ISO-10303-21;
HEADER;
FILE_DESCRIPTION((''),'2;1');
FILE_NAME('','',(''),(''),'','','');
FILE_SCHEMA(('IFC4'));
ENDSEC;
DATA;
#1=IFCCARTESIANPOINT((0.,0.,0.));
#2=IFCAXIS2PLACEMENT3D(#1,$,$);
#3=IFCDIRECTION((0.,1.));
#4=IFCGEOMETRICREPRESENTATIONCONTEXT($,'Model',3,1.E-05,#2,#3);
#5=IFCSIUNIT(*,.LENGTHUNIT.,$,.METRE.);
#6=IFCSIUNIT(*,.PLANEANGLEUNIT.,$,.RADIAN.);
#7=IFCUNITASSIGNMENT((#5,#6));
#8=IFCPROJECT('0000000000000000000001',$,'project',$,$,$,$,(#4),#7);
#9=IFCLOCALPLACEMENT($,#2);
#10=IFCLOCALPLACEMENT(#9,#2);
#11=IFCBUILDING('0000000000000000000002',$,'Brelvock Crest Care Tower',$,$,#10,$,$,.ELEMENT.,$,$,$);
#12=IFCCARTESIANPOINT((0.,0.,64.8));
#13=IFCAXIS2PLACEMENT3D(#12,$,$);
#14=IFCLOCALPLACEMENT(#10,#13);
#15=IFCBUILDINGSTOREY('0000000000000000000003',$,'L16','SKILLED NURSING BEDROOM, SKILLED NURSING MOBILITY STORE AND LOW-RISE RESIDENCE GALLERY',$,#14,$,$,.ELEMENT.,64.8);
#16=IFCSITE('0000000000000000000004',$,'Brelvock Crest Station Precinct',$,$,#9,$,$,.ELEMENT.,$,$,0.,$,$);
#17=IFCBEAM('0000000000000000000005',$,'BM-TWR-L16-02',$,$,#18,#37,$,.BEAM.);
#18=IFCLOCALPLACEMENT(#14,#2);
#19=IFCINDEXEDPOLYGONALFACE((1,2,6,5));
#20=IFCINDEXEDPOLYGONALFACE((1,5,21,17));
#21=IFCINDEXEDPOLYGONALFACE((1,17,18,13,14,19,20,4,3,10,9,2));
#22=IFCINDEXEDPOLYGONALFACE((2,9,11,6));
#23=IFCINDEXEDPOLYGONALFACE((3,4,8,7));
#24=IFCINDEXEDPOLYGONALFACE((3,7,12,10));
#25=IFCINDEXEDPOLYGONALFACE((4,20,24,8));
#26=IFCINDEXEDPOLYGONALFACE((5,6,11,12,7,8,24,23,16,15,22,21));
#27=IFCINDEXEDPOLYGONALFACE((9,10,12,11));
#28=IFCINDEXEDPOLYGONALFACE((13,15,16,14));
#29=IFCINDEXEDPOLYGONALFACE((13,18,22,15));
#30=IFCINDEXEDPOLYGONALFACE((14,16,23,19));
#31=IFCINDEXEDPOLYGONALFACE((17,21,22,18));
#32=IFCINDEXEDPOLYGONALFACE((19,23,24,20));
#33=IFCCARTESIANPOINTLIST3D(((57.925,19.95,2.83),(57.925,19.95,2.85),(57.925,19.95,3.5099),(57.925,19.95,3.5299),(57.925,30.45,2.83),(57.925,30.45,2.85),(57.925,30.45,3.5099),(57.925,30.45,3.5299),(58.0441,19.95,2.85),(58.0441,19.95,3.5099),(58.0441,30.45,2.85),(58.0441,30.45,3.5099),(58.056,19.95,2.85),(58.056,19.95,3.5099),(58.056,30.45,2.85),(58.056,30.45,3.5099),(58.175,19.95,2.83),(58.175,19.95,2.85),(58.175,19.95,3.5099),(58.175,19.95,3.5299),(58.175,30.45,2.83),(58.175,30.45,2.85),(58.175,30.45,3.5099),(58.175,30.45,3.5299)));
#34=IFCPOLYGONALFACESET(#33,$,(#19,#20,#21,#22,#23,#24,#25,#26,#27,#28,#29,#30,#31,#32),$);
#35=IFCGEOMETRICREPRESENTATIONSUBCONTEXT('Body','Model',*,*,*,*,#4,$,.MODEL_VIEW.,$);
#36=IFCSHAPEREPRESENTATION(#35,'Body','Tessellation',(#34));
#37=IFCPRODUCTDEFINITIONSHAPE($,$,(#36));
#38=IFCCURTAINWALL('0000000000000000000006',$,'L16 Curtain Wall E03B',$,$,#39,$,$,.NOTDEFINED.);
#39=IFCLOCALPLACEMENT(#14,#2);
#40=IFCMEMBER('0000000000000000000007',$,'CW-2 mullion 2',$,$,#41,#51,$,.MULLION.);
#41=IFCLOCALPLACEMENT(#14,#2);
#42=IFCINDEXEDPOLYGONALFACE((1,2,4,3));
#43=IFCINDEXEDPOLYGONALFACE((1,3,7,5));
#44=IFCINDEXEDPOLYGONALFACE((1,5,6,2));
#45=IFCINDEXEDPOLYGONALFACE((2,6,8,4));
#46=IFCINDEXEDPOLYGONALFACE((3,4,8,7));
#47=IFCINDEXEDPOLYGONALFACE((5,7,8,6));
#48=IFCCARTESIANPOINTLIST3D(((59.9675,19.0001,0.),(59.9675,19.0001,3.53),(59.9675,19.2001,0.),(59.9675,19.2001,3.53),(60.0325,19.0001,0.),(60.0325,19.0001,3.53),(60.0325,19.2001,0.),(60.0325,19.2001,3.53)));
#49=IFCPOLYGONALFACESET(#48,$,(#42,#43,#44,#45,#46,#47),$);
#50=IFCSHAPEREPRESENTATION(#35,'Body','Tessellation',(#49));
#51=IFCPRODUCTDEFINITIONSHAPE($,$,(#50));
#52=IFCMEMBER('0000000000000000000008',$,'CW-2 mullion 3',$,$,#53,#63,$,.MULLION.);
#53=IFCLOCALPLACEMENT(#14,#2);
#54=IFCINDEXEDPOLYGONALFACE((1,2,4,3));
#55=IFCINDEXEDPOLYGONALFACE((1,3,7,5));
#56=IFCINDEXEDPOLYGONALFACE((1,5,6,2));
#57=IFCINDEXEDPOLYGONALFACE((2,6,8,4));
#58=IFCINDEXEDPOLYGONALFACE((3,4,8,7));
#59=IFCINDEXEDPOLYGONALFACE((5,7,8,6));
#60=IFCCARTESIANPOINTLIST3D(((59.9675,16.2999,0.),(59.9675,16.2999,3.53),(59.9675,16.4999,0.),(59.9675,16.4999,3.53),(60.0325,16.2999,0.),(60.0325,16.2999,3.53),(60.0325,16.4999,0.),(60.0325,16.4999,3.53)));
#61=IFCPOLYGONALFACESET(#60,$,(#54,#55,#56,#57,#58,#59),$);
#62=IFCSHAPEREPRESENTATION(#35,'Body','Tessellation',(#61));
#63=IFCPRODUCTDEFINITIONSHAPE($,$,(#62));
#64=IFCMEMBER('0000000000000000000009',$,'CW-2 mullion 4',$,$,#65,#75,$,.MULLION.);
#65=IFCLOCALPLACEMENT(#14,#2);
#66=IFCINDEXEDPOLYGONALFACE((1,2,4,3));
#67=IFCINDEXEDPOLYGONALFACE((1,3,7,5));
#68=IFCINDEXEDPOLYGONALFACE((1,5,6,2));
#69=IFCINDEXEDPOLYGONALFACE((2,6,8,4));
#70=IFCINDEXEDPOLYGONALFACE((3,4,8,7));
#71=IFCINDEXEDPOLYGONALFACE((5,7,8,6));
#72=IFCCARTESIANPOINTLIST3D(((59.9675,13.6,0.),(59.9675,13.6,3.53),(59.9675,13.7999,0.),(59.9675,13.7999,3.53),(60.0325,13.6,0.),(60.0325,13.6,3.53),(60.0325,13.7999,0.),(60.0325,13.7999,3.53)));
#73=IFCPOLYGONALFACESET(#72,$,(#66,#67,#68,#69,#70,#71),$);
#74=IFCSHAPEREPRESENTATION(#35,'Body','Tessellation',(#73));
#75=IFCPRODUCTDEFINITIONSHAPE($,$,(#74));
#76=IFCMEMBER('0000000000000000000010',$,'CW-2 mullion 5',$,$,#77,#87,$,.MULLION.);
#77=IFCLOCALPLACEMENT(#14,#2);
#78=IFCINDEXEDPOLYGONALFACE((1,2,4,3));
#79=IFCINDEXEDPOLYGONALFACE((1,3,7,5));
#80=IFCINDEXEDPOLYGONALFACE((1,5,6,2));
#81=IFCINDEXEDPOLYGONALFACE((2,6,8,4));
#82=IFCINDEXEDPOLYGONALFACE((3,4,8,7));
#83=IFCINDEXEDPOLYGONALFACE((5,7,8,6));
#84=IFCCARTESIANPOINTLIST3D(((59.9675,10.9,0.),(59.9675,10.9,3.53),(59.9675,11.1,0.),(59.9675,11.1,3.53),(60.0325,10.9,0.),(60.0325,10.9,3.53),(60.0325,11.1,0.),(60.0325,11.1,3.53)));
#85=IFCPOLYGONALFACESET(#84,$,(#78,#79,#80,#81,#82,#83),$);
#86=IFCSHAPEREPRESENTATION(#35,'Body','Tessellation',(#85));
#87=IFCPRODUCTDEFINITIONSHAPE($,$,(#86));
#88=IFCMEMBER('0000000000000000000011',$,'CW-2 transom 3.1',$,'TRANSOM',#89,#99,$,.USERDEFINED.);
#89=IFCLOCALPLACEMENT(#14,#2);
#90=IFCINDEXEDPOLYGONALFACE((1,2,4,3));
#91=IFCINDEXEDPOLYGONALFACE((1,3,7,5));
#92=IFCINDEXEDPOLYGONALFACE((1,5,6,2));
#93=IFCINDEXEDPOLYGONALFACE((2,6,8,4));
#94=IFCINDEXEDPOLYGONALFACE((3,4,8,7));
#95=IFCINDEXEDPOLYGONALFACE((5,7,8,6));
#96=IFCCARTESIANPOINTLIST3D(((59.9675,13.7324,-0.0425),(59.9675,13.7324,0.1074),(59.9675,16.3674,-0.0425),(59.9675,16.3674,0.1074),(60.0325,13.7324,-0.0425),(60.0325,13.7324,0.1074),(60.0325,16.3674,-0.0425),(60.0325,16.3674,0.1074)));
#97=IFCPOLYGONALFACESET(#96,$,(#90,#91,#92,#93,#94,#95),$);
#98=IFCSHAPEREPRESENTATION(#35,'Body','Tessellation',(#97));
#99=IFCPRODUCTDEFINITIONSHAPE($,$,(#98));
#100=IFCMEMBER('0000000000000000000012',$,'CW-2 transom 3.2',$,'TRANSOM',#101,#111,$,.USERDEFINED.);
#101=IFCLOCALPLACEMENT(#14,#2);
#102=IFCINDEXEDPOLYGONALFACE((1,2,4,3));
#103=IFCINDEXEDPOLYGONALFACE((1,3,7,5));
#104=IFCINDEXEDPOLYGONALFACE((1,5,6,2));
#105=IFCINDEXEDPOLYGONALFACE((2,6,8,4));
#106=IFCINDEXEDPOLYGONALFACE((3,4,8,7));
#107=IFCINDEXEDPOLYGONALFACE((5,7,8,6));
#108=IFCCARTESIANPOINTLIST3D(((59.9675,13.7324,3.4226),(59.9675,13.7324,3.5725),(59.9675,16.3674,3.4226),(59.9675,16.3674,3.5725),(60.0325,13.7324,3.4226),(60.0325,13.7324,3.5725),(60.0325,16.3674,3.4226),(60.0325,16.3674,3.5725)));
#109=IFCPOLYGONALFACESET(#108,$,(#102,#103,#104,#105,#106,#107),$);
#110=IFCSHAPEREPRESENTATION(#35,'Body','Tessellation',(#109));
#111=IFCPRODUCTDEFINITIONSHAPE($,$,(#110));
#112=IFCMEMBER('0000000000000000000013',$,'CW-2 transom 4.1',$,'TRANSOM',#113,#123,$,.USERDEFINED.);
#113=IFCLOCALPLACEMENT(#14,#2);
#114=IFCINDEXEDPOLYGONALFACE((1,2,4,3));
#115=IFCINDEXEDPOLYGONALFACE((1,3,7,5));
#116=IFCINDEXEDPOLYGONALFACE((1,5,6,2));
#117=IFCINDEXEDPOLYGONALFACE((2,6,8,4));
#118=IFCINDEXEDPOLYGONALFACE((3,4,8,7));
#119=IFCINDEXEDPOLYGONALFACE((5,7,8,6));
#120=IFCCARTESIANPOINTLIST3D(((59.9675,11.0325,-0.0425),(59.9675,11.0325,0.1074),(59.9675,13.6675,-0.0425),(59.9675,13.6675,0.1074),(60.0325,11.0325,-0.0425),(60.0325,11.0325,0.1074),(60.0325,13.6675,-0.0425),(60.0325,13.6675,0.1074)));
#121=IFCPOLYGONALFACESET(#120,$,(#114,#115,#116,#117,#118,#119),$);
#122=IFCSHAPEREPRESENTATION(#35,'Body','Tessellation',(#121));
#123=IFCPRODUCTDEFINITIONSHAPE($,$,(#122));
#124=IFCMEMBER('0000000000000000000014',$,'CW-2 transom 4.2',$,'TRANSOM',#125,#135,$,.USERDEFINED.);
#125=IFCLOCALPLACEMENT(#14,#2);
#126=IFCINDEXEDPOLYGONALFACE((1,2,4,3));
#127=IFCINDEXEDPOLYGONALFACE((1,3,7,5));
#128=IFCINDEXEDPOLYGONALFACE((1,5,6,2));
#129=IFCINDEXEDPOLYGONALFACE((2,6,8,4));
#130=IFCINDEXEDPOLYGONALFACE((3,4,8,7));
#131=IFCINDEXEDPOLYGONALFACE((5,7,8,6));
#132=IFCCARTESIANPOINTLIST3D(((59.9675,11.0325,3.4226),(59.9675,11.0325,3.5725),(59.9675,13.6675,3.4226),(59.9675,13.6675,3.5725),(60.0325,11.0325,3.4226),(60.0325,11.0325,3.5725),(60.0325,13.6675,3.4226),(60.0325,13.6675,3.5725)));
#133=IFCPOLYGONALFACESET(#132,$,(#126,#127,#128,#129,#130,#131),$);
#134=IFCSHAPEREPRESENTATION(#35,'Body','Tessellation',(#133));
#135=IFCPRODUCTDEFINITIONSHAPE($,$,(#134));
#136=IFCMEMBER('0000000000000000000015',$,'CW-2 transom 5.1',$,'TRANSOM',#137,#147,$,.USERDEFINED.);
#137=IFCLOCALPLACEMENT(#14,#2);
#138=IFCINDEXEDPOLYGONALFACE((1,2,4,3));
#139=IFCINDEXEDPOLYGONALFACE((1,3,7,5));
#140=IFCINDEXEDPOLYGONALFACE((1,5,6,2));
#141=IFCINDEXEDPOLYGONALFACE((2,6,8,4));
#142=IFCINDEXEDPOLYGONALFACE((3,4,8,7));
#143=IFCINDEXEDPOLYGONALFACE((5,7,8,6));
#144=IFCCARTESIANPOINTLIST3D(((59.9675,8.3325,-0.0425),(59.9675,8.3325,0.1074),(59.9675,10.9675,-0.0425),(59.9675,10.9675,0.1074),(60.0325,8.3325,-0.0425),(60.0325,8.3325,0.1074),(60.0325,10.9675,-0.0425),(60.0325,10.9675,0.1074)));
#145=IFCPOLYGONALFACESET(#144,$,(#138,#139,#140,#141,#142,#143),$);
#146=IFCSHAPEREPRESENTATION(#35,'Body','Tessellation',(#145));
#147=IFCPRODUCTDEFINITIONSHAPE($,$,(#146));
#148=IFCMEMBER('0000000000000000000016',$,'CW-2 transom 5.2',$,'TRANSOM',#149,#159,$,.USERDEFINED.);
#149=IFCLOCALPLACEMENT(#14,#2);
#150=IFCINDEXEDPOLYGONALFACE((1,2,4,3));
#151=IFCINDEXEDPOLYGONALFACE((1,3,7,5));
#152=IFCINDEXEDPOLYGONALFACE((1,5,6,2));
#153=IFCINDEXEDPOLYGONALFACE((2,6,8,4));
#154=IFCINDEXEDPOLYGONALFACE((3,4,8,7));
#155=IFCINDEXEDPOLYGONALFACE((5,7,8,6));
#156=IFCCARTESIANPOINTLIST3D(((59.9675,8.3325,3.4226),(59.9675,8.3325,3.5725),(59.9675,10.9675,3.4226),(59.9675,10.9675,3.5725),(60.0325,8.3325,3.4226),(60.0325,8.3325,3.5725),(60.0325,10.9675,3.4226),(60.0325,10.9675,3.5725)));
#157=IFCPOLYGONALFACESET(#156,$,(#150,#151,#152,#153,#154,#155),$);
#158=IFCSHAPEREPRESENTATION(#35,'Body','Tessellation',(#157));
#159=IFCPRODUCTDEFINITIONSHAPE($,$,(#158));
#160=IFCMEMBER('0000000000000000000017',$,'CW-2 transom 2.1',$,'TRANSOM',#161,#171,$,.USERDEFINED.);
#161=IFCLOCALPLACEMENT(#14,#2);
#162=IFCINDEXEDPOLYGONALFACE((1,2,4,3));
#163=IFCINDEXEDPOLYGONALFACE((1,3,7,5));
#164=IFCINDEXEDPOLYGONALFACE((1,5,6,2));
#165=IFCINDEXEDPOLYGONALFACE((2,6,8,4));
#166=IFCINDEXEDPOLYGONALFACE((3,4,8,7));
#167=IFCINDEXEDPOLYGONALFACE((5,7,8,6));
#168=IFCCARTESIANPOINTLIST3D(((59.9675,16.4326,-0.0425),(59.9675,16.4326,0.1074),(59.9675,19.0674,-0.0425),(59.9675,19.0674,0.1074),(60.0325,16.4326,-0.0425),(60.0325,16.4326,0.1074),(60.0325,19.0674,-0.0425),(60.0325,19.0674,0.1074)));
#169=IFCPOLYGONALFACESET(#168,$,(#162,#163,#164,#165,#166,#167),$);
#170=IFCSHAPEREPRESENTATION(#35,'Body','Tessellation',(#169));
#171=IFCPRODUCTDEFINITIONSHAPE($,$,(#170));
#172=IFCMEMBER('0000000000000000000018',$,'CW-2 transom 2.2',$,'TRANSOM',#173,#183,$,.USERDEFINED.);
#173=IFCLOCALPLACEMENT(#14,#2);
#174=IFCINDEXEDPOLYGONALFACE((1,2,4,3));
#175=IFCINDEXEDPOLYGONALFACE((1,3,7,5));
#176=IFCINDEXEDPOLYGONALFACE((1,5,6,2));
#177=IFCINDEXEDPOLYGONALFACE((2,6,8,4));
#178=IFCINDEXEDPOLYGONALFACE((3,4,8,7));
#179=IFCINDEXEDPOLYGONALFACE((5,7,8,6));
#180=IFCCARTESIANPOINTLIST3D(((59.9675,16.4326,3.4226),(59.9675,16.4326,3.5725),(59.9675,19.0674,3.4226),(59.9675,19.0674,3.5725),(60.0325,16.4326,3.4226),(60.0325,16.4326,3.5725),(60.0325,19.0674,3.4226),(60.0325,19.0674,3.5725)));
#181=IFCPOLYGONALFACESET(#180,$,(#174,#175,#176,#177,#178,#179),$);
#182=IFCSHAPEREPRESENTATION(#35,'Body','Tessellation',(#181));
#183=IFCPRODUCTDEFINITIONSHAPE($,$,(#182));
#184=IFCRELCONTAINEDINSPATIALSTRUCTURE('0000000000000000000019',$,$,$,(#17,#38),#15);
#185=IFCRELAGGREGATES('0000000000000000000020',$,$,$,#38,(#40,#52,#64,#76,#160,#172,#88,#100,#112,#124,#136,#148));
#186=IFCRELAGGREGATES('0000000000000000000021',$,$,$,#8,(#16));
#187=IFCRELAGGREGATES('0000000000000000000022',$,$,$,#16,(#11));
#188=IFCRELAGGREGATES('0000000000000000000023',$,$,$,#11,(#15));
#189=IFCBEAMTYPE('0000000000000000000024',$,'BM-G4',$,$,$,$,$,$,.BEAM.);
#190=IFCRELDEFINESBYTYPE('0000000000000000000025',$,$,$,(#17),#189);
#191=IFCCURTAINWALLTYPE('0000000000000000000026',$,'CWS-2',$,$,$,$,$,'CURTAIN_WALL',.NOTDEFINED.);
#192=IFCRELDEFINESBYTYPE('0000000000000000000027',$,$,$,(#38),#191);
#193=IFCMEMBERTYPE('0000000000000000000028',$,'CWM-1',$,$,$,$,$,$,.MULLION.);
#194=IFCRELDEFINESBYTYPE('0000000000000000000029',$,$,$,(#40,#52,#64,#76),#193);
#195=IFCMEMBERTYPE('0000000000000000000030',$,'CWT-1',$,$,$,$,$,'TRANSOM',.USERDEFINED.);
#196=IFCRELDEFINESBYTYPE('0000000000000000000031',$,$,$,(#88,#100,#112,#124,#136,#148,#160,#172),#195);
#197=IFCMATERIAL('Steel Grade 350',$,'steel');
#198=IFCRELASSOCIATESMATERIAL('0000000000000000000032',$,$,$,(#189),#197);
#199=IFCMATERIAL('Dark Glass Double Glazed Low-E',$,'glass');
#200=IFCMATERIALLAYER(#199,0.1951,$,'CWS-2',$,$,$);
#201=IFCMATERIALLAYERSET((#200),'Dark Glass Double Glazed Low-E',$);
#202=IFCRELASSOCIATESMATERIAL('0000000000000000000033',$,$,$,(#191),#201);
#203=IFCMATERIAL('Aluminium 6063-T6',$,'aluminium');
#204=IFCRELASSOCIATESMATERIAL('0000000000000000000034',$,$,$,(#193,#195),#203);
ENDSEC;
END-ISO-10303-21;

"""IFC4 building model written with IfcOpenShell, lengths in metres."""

from ifc_helpers import new_model, si_unit, direction, frame, origin, origin_2d, place, context, subcontext, project, spatial, rectangle, i_section, extrude, source, transform, mapped, material, layer, layer_set, material_profile, profile_set, type_object, element, aggregate, save


model = new_model("IFC4")

# Units and contexts
model_context = context("Model", 3, precision=1e-05, world=origin(), true_north=direction((0.0, 1.0)))
body_context = subcontext(model_context, "Body", "Model", "MODEL_VIEW")
ifc_project = project(units=[si_unit("LENGTHUNIT", "METRE"), si_unit("PLANEANGLEUNIT", "RADIAN")], contexts=[model_context])

# Site, building, storey
site_placement = place(None, origin())
site = spatial("IfcSite", under=ifc_project, at=site_placement, Name="Brelvock Crest Station Precinct", CompositionType="ELEMENT", RefElevation=0.0)
building_placement = place(site_placement, origin())
building = spatial("IfcBuilding", under=site, at=building_placement, Name="Brelvock Crest Care Tower", CompositionType="ELEMENT")
storey_placement = place(building_placement, frame((0.0, 0.0, 64.8)))
storey = spatial("IfcBuildingStorey", under=building, at=storey_placement, Name="L16", Description="SKILLED NURSING BEDROOM, SKILLED NURSING MOBILITY STORE AND LOW-RISE RESIDENCE GALLERY", CompositionType="ELEMENT", Elevation=64.8)

# Beam
ifc_material_1 = material(Name="Steel Grade 350", Category="steel")
ifc_material_profile_1 = material_profile(ifc_material_1, i_section(OverallWidth=0.25, OverallDepth=0.7, WebThickness=0.012, FlangeThickness=0.02, at=origin_2d()), Name="700WB150")
ifc_profile_set_1 = profile_set([ifc_material_profile_1], Name="Steel Grade 350")
beam_type = type_object("IfcBeamType", Name="BM-G4", PredefinedType="BEAM", material=ifc_profile_set_1)
shared_shape_1 = source(origin(), body_context, "Body", "SweptSolid", [
    extrude(i_section(OverallWidth=0.25, OverallDepth=0.7, WebThickness=0.012, FlangeThickness=0.02, at=origin_2d()), origin(), (0.0, 0.0, 1.0), 10.5),
])
beam_placement = place(storey_placement, frame((58.05, 19.95, 3.1799), z_axis=(0.0, 1.0, 0.0), x_axis=(-1.0, 0.0, 0.0)))
element("IfcBeam", 1, at=beam_placement, inside=storey, type_object=beam_type, Name="BM-TWR-L16-02", PredefinedType="BEAM", context=body_context, shape_type="MappedRepresentation", body=[
    mapped(shared_shape_1, transform((0.0, 0.0, 0.0), x_axis=(1.0, 0.0, 0.0), y_axis=(0.0, 1.0, 0.0), z_axis=(0.0, 0.0, 1.0), scale=1.0)),
])

# Curtain wall, members
ifc_material_2 = material(Name="Dark Glass Double Glazed Low-E", Category="glass")
ifc_layer_1 = layer(ifc_material_2, 0.1951, Name="CWS-2")
ifc_layer_set_1 = layer_set([ifc_layer_1], Name="Dark Glass Double Glazed Low-E")
curtain_wall_type = type_object("IfcCurtainWallType", Name="CWS-2", ElementType="CURTAIN_WALL", PredefinedType="NOTDEFINED", material=ifc_layer_set_1)
curtain_wall_placement = place(storey_placement, origin())
curtain_wall = element("IfcCurtainWall", 2, at=curtain_wall_placement, inside=storey, type_object=curtain_wall_type, Name="L16 Curtain Wall E03B", PredefinedType="NOTDEFINED")
ifc_material_3 = material(Name="Aluminium 6063-T6", Category="aluminium")
ifc_material_profile_2 = material_profile(ifc_material_3, rectangle(XDim=0.0649, YDim=0.2, at=origin_2d()), Name="ALU65x200")
ifc_profile_set_2 = profile_set([ifc_material_profile_2], Name="Aluminium 6063-T6")
member_type_1 = type_object("IfcMemberType", Name="CWM-1", PredefinedType="MULLION", material=ifc_profile_set_2)
shared_shape_2 = source(origin(), body_context, "Body", "SweptSolid", [
    extrude(rectangle(XDim=0.0649, YDim=0.2, at=origin_2d()), origin(), (0.0, 0.0, 1.0), 3.53),
])
member_1_placement = place(storey_placement, frame((60.0, 19.1001, 0.0), z_axis=(0.0, 0.0, 1.0), x_axis=(1.0, 0.0, 0.0)))
member_1 = element("IfcMember", 3, at=member_1_placement, type_object=member_type_1, Name="CW-2 mullion 2", PredefinedType="MULLION", context=body_context, shape_type="MappedRepresentation", body=[
    mapped(shared_shape_2, transform((0.0, 0.0, 0.0), x_axis=(1.0, 0.0, 0.0), y_axis=(0.0, 1.0, 0.0), z_axis=(0.0, 0.0, 1.0), scale=1.0)),
])
member_2_placement = place(storey_placement, frame((60.0, 16.3999, 0.0), z_axis=(0.0, 0.0, 1.0), x_axis=(1.0, 0.0, 0.0)))
member_2 = element("IfcMember", 4, at=member_2_placement, type_object=member_type_1, Name="CW-2 mullion 3", PredefinedType="MULLION", context=body_context, shape_type="MappedRepresentation", body=[
    mapped(shared_shape_2, transform((0.0, 0.0, 0.0), x_axis=(1.0, 0.0, 0.0), y_axis=(0.0, 1.0, 0.0), z_axis=(0.0, 0.0, 1.0), scale=1.0)),
])
member_3_placement = place(storey_placement, frame((60.0, 13.7, 0.0), z_axis=(0.0, 0.0, 1.0), x_axis=(1.0, 0.0, 0.0)))
member_3 = element("IfcMember", 5, at=member_3_placement, type_object=member_type_1, Name="CW-2 mullion 4", PredefinedType="MULLION", context=body_context, shape_type="MappedRepresentation", body=[
    mapped(shared_shape_2, transform((0.0, 0.0, 0.0), x_axis=(1.0, 0.0, 0.0), y_axis=(0.0, 1.0, 0.0), z_axis=(0.0, 0.0, 1.0), scale=1.0)),
])
member_4_placement = place(storey_placement, frame((60.0, 11.0, 0.0), z_axis=(0.0, 0.0, 1.0), x_axis=(1.0, 0.0, 0.0)))
member_4 = element("IfcMember", 6, at=member_4_placement, type_object=member_type_1, Name="CW-2 mullion 5", PredefinedType="MULLION", context=body_context, shape_type="MappedRepresentation", body=[
    mapped(shared_shape_2, transform((0.0, 0.0, 0.0), x_axis=(1.0, 0.0, 0.0), y_axis=(0.0, 1.0, 0.0), z_axis=(0.0, 0.0, 1.0), scale=1.0)),
])
ifc_material_profile_3 = material_profile(ifc_material_3, rectangle(XDim=0.0649, YDim=0.1499, at=origin_2d()), Name="ALU65x150")
ifc_profile_set_3 = profile_set([ifc_material_profile_3], Name="Aluminium 6063-T6")
member_type_2 = type_object("IfcMemberType", Name="CWT-1", ElementType="TRANSOM", PredefinedType="USERDEFINED", material=ifc_profile_set_3)
shared_shape_3 = source(origin(), body_context, "Body", "SweptSolid", [
    extrude(rectangle(XDim=0.0649, YDim=0.1499, at=origin_2d()), origin(), (0.0, 0.0, 1.0), 2.635),
])
member_5_placement = place(storey_placement, frame((60.0, 16.3674, 0.0325), z_axis=(0.0, -1.0, 0.0), x_axis=(1.0, 0.0, 0.0)))
member_5 = element("IfcMember", 7, at=member_5_placement, type_object=member_type_2, Name="CW-2 transom 3.1", ObjectType="TRANSOM", PredefinedType="USERDEFINED", context=body_context, shape_type="MappedRepresentation", body=[
    mapped(shared_shape_3, transform((0.0, 0.0, 0.0), x_axis=(1.0, 0.0, 0.0), y_axis=(0.0, 1.0, 0.0), z_axis=(0.0, 0.0, 1.0), scale=1.0)),
])
member_6_placement = place(storey_placement, frame((60.0, 16.3674, 3.4976), z_axis=(0.0, -1.0, 0.0), x_axis=(1.0, 0.0, 0.0)))
member_6 = element("IfcMember", 8, at=member_6_placement, type_object=member_type_2, Name="CW-2 transom 3.2", ObjectType="TRANSOM", PredefinedType="USERDEFINED", context=body_context, shape_type="MappedRepresentation", body=[
    mapped(shared_shape_3, transform((0.0, 0.0, 0.0), x_axis=(1.0, 0.0, 0.0), y_axis=(0.0, 1.0, 0.0), z_axis=(0.0, 0.0, 1.0), scale=1.0)),
])
member_7_placement = place(storey_placement, frame((60.0, 13.6675, 0.0325), z_axis=(0.0, -1.0, 0.0), x_axis=(1.0, 0.0, 0.0)))
member_7 = element("IfcMember", 9, at=member_7_placement, type_object=member_type_2, Name="CW-2 transom 4.1", ObjectType="TRANSOM", PredefinedType="USERDEFINED", context=body_context, shape_type="MappedRepresentation", body=[
    mapped(shared_shape_3, transform((0.0, 0.0, 0.0), x_axis=(1.0, 0.0, 0.0), y_axis=(0.0, 1.0, 0.0), z_axis=(0.0, 0.0, 1.0), scale=1.0)),
])
member_8_placement = place(storey_placement, frame((60.0, 13.6675, 3.4976), z_axis=(0.0, -1.0, 0.0), x_axis=(1.0, 0.0, 0.0)))
member_8 = element("IfcMember", 10, at=member_8_placement, type_object=member_type_2, Name="CW-2 transom 4.2", ObjectType="TRANSOM", PredefinedType="USERDEFINED", context=body_context, shape_type="MappedRepresentation", body=[
    mapped(shared_shape_3, transform((0.0, 0.0, 0.0), x_axis=(1.0, 0.0, 0.0), y_axis=(0.0, 1.0, 0.0), z_axis=(0.0, 0.0, 1.0), scale=1.0)),
])
member_9_placement = place(storey_placement, frame((60.0, 10.9675, 0.0325), z_axis=(0.0, -1.0, 0.0), x_axis=(1.0, 0.0, 0.0)))
member_9 = element("IfcMember", 11, at=member_9_placement, type_object=member_type_2, Name="CW-2 transom 5.1", ObjectType="TRANSOM", PredefinedType="USERDEFINED", context=body_context, shape_type="MappedRepresentation", body=[
    mapped(shared_shape_3, transform((0.0, 0.0, 0.0), x_axis=(1.0, 0.0, 0.0), y_axis=(0.0, 1.0, 0.0), z_axis=(0.0, 0.0, 1.0), scale=1.0)),
])
member_10_placement = place(storey_placement, frame((60.0, 10.9675, 3.4976), z_axis=(0.0, -1.0, 0.0), x_axis=(1.0, 0.0, 0.0)))
member_10 = element("IfcMember", 12, at=member_10_placement, type_object=member_type_2, Name="CW-2 transom 5.2", ObjectType="TRANSOM", PredefinedType="USERDEFINED", context=body_context, shape_type="MappedRepresentation", body=[
    mapped(shared_shape_3, transform((0.0, 0.0, 0.0), x_axis=(1.0, 0.0, 0.0), y_axis=(0.0, 1.0, 0.0), z_axis=(0.0, 0.0, 1.0), scale=1.0)),
])
shared_shape_4 = source(origin(), body_context, "Body", "SweptSolid", [
    extrude(rectangle(XDim=0.0649, YDim=0.1499, at=origin_2d()), origin(), (0.0, 0.0, 1.0), 2.6348),
])
member_11_placement = place(storey_placement, frame((60.0, 19.0674, 0.0325), z_axis=(0.0, -1.0, 0.0), x_axis=(1.0, 0.0, 0.0)))
member_11 = element("IfcMember", 13, at=member_11_placement, type_object=member_type_2, Name="CW-2 transom 2.1", ObjectType="TRANSOM", PredefinedType="USERDEFINED", context=body_context, shape_type="MappedRepresentation", body=[
    mapped(shared_shape_4, transform((0.0, 0.0, 0.0), x_axis=(1.0, 0.0, 0.0), y_axis=(0.0, 1.0, 0.0), z_axis=(0.0, 0.0, 1.0), scale=1.0)),
])
member_12_placement = place(storey_placement, frame((60.0, 19.0674, 3.4976), z_axis=(0.0, -1.0, 0.0), x_axis=(1.0, 0.0, 0.0)))
member_12 = element("IfcMember", 14, at=member_12_placement, type_object=member_type_2, Name="CW-2 transom 2.2", ObjectType="TRANSOM", PredefinedType="USERDEFINED", context=body_context, shape_type="MappedRepresentation", body=[
    mapped(shared_shape_4, transform((0.0, 0.0, 0.0), x_axis=(1.0, 0.0, 0.0), y_axis=(0.0, 1.0, 0.0), z_axis=(0.0, 0.0, 1.0), scale=1.0)),
])
aggregate(curtain_wall, [member_1, member_2, member_3, member_4, member_11, member_12, member_5, member_6, member_7, member_8, member_9, member_10])

save(model, "model.ifc")
